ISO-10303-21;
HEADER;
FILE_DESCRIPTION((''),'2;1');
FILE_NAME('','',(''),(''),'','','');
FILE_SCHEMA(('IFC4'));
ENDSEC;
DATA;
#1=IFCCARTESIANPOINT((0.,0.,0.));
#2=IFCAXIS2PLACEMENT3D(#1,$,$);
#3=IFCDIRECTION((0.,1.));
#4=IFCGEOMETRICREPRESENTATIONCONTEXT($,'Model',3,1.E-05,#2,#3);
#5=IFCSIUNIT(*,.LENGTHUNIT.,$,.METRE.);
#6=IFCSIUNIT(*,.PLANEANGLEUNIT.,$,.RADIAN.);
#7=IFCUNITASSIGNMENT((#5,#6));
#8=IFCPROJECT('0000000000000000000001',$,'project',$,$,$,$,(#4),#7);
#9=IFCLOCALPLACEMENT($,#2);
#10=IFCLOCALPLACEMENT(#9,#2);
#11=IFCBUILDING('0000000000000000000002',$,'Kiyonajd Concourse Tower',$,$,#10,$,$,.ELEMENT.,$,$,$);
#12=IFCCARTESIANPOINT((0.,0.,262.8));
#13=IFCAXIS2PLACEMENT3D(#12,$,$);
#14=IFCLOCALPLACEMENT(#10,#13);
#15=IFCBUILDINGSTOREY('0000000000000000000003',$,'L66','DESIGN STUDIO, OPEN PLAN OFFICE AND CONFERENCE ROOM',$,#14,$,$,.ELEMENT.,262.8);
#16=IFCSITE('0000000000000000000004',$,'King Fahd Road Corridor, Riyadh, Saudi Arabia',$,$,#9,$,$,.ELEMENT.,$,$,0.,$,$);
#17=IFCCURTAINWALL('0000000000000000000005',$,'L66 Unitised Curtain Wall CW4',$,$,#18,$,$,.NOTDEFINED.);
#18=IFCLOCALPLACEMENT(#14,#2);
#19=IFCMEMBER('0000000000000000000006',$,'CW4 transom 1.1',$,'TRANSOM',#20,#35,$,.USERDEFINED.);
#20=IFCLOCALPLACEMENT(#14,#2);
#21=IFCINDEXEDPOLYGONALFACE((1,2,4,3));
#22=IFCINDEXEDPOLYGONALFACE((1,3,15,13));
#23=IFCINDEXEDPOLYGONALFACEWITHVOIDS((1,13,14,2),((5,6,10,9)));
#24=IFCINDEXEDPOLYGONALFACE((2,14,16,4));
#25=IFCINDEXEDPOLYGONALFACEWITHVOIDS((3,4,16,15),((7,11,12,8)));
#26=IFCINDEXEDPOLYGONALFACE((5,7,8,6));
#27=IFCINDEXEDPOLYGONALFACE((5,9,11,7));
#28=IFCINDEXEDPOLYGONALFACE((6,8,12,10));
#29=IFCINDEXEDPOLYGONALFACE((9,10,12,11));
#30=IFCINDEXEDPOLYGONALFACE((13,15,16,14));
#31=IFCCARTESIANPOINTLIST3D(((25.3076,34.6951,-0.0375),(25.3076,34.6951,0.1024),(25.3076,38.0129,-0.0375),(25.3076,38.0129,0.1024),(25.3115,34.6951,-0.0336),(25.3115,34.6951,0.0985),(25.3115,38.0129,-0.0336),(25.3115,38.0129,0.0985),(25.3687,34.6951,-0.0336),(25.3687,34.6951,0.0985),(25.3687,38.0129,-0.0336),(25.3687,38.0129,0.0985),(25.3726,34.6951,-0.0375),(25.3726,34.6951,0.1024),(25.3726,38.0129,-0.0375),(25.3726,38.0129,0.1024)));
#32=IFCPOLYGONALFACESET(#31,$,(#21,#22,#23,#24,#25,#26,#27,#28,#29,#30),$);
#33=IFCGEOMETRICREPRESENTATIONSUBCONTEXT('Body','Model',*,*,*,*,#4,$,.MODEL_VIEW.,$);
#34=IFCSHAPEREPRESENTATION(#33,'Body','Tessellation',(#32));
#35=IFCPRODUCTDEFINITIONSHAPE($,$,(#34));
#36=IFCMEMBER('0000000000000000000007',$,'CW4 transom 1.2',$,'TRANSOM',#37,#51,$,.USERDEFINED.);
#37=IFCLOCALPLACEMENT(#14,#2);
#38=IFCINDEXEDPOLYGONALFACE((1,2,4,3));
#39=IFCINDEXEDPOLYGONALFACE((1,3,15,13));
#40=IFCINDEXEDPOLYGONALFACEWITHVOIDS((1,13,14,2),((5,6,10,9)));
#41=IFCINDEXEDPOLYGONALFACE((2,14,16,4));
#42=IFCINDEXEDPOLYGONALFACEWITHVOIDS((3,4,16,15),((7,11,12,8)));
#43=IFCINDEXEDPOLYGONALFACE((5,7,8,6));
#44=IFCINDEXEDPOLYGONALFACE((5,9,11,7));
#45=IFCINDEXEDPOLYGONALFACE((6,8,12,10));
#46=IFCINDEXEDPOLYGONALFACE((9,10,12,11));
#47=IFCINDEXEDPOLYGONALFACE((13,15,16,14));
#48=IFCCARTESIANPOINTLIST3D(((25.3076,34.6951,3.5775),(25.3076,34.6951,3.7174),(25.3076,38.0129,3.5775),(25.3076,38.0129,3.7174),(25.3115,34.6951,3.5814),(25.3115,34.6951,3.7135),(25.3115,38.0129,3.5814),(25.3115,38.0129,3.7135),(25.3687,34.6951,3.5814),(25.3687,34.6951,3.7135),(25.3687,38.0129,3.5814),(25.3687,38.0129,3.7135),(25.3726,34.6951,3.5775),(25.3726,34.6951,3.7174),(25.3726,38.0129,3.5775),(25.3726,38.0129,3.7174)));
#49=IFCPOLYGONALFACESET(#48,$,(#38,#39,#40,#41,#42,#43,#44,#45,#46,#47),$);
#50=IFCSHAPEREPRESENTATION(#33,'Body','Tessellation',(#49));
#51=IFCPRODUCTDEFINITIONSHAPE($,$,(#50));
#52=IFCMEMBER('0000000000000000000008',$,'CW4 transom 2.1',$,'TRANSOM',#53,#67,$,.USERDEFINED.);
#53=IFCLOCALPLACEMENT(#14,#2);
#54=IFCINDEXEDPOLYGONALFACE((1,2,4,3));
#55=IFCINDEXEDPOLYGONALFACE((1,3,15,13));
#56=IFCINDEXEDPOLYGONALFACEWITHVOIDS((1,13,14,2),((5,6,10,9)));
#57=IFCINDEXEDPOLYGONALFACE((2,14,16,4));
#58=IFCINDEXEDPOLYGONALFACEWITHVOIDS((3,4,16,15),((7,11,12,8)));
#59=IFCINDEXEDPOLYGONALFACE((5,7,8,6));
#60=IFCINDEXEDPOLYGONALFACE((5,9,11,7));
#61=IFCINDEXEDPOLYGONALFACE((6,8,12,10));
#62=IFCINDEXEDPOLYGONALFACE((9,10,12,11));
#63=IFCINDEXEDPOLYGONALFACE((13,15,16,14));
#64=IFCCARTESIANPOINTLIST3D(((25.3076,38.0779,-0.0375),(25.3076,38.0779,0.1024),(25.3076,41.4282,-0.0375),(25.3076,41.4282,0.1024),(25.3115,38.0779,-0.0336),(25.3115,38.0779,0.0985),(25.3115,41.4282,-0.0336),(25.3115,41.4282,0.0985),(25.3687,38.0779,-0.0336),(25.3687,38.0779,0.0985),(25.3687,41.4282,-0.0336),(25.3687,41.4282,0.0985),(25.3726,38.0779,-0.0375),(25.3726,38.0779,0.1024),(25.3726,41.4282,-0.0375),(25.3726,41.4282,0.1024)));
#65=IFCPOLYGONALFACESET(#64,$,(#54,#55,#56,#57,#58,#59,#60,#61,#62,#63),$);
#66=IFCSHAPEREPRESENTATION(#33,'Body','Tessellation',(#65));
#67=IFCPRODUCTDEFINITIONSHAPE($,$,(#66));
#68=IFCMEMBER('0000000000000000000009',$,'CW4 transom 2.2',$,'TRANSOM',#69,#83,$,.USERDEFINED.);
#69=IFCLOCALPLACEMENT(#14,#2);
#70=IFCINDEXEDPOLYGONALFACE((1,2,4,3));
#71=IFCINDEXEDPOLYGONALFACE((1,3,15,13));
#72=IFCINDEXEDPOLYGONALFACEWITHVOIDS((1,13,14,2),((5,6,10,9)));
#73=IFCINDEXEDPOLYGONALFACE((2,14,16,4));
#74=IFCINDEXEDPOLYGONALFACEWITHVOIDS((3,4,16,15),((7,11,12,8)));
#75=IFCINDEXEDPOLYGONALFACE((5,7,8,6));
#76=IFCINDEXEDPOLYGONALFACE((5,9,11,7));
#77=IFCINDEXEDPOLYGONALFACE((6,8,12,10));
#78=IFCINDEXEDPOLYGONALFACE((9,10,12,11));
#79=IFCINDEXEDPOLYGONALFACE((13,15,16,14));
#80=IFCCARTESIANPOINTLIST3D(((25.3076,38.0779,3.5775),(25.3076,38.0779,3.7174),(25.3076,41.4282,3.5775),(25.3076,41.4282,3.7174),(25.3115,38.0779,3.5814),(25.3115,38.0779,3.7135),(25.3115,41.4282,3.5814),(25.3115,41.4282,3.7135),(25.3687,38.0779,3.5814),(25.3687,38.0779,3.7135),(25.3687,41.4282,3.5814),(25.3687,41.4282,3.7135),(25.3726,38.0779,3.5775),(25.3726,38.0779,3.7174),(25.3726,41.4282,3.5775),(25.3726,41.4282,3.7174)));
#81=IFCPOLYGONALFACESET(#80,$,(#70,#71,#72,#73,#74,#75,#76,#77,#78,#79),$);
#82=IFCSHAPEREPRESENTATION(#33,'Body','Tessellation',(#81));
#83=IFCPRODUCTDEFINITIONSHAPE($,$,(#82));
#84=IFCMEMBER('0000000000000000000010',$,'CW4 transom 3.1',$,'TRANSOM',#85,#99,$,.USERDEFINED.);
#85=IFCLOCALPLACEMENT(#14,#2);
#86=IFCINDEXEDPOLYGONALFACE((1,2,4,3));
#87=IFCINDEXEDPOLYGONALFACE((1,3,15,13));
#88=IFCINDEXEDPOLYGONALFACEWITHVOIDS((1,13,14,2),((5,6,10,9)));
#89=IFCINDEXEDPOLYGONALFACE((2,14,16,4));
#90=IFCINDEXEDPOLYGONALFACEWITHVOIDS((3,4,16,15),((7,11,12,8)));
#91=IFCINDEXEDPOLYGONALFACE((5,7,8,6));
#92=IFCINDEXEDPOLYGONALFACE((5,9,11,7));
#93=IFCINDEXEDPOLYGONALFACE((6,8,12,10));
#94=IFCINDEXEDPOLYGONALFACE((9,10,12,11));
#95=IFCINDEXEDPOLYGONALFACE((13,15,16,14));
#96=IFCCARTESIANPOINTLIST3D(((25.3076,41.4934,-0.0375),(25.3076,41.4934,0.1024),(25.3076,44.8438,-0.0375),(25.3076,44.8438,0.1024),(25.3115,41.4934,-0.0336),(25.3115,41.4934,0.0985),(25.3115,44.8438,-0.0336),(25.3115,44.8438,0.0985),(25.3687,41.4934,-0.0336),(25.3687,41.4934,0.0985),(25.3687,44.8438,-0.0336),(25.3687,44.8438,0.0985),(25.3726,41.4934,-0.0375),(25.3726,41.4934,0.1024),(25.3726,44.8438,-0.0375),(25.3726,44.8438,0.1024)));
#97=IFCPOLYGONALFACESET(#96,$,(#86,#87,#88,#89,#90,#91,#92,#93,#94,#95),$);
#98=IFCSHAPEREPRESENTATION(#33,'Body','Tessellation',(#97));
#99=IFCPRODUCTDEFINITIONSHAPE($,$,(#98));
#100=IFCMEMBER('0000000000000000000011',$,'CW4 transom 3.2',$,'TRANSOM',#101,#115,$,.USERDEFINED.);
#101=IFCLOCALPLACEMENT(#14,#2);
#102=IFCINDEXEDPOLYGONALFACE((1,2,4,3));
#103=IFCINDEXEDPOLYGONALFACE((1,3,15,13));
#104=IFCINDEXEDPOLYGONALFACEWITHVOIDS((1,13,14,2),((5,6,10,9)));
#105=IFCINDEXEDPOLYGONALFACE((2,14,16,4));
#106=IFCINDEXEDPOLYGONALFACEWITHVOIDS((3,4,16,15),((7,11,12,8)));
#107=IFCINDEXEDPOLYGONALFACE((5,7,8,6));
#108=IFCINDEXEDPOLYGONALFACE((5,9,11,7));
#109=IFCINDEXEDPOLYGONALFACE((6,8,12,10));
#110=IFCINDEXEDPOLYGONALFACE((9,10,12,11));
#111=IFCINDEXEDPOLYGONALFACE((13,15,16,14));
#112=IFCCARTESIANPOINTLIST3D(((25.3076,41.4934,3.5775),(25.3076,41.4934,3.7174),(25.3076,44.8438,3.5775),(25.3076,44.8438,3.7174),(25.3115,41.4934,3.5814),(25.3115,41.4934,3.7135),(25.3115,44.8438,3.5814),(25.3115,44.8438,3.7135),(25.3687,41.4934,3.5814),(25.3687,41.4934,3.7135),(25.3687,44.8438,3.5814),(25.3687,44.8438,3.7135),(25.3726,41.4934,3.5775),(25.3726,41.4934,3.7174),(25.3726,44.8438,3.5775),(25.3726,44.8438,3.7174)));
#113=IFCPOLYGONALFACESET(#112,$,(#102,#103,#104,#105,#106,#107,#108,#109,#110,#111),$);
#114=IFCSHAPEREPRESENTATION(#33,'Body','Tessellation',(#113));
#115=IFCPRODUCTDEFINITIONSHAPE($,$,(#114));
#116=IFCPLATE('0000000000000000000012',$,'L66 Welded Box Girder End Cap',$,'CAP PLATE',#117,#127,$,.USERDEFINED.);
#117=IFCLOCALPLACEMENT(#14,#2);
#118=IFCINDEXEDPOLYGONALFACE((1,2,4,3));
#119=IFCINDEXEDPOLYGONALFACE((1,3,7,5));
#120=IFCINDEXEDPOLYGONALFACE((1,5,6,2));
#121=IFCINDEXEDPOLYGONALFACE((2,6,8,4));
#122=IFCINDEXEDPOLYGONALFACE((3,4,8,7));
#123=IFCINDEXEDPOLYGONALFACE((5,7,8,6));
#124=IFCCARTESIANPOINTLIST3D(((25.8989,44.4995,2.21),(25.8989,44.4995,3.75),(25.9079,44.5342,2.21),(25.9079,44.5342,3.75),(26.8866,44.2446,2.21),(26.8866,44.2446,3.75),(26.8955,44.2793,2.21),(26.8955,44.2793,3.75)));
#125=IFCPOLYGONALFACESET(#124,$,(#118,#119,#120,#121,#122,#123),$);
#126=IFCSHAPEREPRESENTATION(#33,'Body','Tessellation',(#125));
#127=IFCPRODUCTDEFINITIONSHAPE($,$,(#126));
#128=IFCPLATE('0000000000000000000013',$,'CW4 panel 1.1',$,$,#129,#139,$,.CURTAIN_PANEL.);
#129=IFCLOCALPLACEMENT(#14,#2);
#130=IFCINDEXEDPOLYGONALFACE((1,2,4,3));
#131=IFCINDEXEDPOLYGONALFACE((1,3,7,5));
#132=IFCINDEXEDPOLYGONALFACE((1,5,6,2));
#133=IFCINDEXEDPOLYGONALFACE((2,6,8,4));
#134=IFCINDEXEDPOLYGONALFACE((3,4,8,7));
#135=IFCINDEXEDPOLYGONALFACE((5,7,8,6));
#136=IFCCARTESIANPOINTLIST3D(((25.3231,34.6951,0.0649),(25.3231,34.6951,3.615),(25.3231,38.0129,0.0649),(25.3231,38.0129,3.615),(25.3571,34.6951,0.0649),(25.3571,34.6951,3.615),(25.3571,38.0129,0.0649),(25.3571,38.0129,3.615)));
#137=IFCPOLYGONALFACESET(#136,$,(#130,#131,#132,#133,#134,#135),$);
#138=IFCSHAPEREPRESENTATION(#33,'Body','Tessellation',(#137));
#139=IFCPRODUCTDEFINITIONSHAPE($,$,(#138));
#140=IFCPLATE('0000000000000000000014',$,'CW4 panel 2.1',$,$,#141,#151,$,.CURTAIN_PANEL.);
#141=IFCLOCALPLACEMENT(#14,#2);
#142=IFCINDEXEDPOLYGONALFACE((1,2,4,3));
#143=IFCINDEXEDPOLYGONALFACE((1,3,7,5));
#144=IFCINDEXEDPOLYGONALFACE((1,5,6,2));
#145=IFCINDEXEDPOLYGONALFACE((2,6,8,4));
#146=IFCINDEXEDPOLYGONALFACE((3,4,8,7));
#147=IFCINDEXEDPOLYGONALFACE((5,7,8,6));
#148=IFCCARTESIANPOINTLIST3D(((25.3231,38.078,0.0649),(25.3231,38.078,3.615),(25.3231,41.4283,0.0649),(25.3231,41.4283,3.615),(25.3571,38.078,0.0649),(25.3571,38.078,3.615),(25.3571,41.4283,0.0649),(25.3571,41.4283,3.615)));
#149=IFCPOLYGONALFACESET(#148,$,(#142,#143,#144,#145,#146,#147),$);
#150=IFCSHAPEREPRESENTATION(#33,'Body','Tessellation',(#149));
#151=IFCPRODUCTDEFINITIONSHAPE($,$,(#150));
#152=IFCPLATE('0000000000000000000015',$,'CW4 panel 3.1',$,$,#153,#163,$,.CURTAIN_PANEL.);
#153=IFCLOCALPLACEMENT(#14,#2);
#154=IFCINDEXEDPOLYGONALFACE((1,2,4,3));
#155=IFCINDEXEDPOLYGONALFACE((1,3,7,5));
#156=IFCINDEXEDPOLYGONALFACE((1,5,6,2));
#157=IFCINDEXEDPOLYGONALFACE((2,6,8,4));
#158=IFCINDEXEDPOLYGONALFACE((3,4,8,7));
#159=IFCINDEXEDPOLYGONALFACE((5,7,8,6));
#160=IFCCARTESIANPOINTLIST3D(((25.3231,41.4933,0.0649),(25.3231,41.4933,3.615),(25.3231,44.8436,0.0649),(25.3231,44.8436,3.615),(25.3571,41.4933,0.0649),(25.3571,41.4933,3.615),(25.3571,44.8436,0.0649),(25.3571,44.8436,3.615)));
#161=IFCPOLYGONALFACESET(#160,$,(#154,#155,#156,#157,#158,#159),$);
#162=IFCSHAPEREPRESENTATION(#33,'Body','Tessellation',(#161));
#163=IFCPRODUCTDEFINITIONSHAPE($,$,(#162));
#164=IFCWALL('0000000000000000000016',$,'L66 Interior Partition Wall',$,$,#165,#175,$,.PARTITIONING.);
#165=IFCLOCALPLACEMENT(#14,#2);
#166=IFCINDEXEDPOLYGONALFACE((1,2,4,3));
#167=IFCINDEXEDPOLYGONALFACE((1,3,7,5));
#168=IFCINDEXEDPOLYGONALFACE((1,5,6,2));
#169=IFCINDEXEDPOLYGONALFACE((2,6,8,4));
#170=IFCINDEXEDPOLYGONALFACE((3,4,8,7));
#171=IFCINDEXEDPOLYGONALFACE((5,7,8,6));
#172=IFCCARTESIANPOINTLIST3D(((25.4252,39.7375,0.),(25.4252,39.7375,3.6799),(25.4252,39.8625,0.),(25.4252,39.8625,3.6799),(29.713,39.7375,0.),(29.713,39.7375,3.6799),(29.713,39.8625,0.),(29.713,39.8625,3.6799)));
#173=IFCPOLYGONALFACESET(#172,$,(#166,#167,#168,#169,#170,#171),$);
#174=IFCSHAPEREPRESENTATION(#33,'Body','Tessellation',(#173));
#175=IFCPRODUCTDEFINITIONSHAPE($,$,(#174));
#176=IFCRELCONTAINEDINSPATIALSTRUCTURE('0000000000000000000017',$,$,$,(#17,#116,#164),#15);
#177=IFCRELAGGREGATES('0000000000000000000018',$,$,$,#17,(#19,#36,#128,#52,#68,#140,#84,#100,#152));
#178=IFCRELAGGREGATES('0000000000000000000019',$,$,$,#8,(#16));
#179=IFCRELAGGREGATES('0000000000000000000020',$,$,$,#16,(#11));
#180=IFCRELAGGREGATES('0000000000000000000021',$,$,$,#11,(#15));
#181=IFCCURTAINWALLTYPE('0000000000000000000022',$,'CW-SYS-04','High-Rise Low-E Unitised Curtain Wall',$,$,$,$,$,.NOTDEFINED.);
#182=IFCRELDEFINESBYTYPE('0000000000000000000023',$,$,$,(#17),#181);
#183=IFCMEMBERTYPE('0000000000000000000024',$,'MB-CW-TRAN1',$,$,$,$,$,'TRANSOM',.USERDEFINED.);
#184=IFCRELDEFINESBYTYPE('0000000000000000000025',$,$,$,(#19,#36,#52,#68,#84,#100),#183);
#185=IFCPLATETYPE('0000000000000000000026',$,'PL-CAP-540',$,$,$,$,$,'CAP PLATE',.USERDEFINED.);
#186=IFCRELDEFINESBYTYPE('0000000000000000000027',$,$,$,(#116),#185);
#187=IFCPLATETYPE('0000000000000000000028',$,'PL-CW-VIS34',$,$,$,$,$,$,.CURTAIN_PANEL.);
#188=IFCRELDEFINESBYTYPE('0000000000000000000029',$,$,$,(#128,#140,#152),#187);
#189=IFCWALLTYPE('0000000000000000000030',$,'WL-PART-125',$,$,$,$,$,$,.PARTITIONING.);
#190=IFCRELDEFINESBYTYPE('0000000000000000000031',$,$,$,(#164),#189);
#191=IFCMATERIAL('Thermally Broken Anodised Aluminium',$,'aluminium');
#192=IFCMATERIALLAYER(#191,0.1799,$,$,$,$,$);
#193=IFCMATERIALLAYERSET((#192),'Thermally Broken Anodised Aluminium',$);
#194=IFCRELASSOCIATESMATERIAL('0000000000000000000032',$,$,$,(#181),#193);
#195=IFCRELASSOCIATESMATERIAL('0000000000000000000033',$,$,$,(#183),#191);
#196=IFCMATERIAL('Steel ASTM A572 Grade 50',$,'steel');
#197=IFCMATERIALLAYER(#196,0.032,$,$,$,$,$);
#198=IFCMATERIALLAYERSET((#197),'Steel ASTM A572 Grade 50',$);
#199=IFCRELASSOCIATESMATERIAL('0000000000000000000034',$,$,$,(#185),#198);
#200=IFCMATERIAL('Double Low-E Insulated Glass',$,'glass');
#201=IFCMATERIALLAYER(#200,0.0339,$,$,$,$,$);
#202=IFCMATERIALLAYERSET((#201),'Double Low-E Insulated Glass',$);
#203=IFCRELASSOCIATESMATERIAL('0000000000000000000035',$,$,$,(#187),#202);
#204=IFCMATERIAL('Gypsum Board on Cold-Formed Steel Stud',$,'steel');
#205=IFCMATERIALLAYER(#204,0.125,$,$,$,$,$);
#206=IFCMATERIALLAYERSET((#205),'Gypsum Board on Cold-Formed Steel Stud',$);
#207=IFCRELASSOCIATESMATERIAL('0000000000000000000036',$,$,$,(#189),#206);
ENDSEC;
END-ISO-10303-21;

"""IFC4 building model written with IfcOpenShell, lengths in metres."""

from ifc_helpers import new_model, si_unit, direction, frame, frame_2d, origin, origin_2d, place, context, subcontext, project, spatial, rectangle, hollow_rectangle, extrude, material, layer, layer_set, material_profile, profile_set, type_object, element, aggregate, save


model = new_model("IFC4")

# Units and contexts
model_context = context("Model", 3, precision=1e-05, world=origin(), true_north=direction((0.0, 1.0)))
body_context = subcontext(model_context, "Body", "Model", "MODEL_VIEW")
ifc_project = project(units=[si_unit("LENGTHUNIT", "METRE"), si_unit("PLANEANGLEUNIT", "RADIAN")], contexts=[model_context])

# Site, building, storey
site_placement = place(None, origin())
site = spatial("IfcSite", under=ifc_project, at=site_placement, Name="King Fahd Road Corridor, Riyadh, Saudi Arabia", CompositionType="ELEMENT", RefElevation=0.0)
building_placement = place(site_placement, origin())
building = spatial("IfcBuilding", under=site, at=building_placement, Name="Kiyonajd Concourse Tower", CompositionType="ELEMENT")
storey_placement = place(building_placement, frame((0.0, 0.0, 262.8)))
storey = spatial("IfcBuildingStorey", under=building, at=storey_placement, Name="L66", Description="DESIGN STUDIO, OPEN PLAN OFFICE AND CONFERENCE ROOM", CompositionType="ELEMENT", Elevation=262.8)

# Curtain wall, members
ifc_material_1 = material(Name="Thermally Broken Anodised Aluminium", Category="aluminium")
ifc_layer_1 = layer(ifc_material_1, 0.1799)
ifc_layer_set_1 = layer_set([ifc_layer_1], Name="Thermally Broken Anodised Aluminium")
curtain_wall_type = type_object("IfcCurtainWallType", Name="CW-SYS-04", Description="High-Rise Low-E Unitised Curtain Wall", PredefinedType="NOTDEFINED", material=ifc_layer_set_1)
curtain_wall_placement = place(storey_placement, origin())
curtain_wall = element("IfcCurtainWall", 1, at=curtain_wall_placement, inside=storey, type_object=curtain_wall_type, Name="L66 Unitised Curtain Wall CW4", PredefinedType="NOTDEFINED")
ifc_material_profile_1 = material_profile(ifc_material_1, hollow_rectangle(XDim=0.0649, YDim=0.1399, WallThickness=0.0039, at=origin_2d()), Name="TRAN-65x140")
ifc_profile_set_1 = profile_set([ifc_material_profile_1], Name="Thermally Broken Anodised Aluminium")
member_type_1 = type_object("IfcMemberType", Name="MB-CW-TRAN1", ElementType="TRANSOM", PredefinedType="USERDEFINED", material=ifc_profile_set_1)
member_1_placement = place(storey_placement, frame((25.3401, 34.6951, 0.0325), z_axis=(0.0, 1.0, 0.0), x_axis=(-1.0, 0.0, 0.0)))
member_1 = element("IfcMember", 2, at=member_1_placement, type_object=member_type_1, Name="CW4 transom 1.1", ObjectType="TRANSOM", PredefinedType="USERDEFINED", context=body_context, shape_type="SweptSolid", body=[
    extrude(hollow_rectangle(XDim=0.0649, YDim=0.1399, WallThickness=0.0039, at=origin_2d()), origin(), (0.0, 0.0, 1.0), 3.3179),
])
member_2_placement = place(storey_placement, frame((25.3401, 34.6951, 3.6475), z_axis=(0.0, 1.0, 0.0), x_axis=(-1.0, 0.0, 0.0)))
member_2 = element("IfcMember", 3, at=member_2_placement, type_object=member_type_1, Name="CW4 transom 1.2", ObjectType="TRANSOM", PredefinedType="USERDEFINED", context=body_context, shape_type="SweptSolid", body=[
    extrude(hollow_rectangle(XDim=0.0649, YDim=0.1399, WallThickness=0.0039, at=origin_2d()), origin(), (0.0, 0.0, 1.0), 3.3179),
])
member_3_placement = place(storey_placement, frame((25.3401, 38.0779, 0.0325), z_axis=(0.0, 1.0, 0.0), x_axis=(-1.0, 0.0, 0.0)))
member_3 = element("IfcMember", 4, at=member_3_placement, type_object=member_type_1, Name="CW4 transom 2.1", ObjectType="TRANSOM", PredefinedType="USERDEFINED", context=body_context, shape_type="SweptSolid", body=[
    extrude(hollow_rectangle(XDim=0.0649, YDim=0.1399, WallThickness=0.0039, at=origin_2d()), origin(), (0.0, 0.0, 1.0), 3.3503),
])
member_4_placement = place(storey_placement, frame((25.3401, 38.0779, 3.6475), z_axis=(0.0, 1.0, 0.0), x_axis=(-1.0, 0.0, 0.0)))
member_4 = element("IfcMember", 5, at=member_4_placement, type_object=member_type_1, Name="CW4 transom 2.2", ObjectType="TRANSOM", PredefinedType="USERDEFINED", context=body_context, shape_type="SweptSolid", body=[
    extrude(hollow_rectangle(XDim=0.0649, YDim=0.1399, WallThickness=0.0039, at=origin_2d()), origin(), (0.0, 0.0, 1.0), 3.3503),
])
member_5_placement = place(storey_placement, frame((25.3401, 41.4934, 0.0325), z_axis=(0.0, 1.0, 0.0), x_axis=(-1.0, 0.0, 0.0)))
member_5 = element("IfcMember", 6, at=member_5_placement, type_object=member_type_1, Name="CW4 transom 3.1", ObjectType="TRANSOM", PredefinedType="USERDEFINED", context=body_context, shape_type="SweptSolid", body=[
    extrude(hollow_rectangle(XDim=0.0649, YDim=0.1399, WallThickness=0.0039, at=origin_2d()), origin(), (0.0, 0.0, 1.0), 3.3503),
])
member_6_placement = place(storey_placement, frame((25.3401, 41.4934, 3.6475), z_axis=(0.0, 1.0, 0.0), x_axis=(-1.0, 0.0, 0.0)))
member_6 = element("IfcMember", 7, at=member_6_placement, type_object=member_type_1, Name="CW4 transom 3.2", ObjectType="TRANSOM", PredefinedType="USERDEFINED", context=body_context, shape_type="SweptSolid", body=[
    extrude(hollow_rectangle(XDim=0.0649, YDim=0.1399, WallThickness=0.0039, at=origin_2d()), origin(), (0.0, 0.0, 1.0), 3.3503),
])

# Plates
ifc_material_2 = material(Name="Steel ASTM A572 Grade 50", Category="steel")
ifc_layer_2 = layer(ifc_material_2, 0.032)
ifc_layer_set_2 = layer_set([ifc_layer_2], Name="Steel ASTM A572 Grade 50")
plate_type_1 = type_object("IfcPlateType", Name="PL-CAP-540", ElementType="CAP PLATE", PredefinedType="USERDEFINED", material=ifc_layer_set_2)
plate_1_placement = place(storey_placement, frame((26.3972, 44.3894, 2.21), z_axis=(0.0, 0.0, 1.0), x_axis=(-0.249873, -0.968279, 0.0)))
element("IfcPlate", 8, at=plate_1_placement, inside=storey, type_object=plate_type_1, Name="L66 Welded Box Girder End Cap", ObjectType="CAP PLATE", PredefinedType="USERDEFINED", context=body_context, shape_type="SweptSolid", body=[
    extrude(rectangle(XDim=0.0359, YDim=1.02, at=origin_2d()), origin(), (0.0, 0.0, 1.0), 1.54),
])
ifc_material_3 = material(Name="Double Low-E Insulated Glass", Category="glass")
ifc_layer_3 = layer(ifc_material_3, 0.0339)
ifc_layer_set_3 = layer_set([ifc_layer_3], Name="Double Low-E Insulated Glass")
plate_type_2 = type_object("IfcPlateType", Name="PL-CW-VIS34", PredefinedType="CURTAIN_PANEL", material=ifc_layer_set_3)
plate_2_placement = place(storey_placement, frame((25.3401, 36.354, 0.0649), z_axis=(0.0, 0.0, 1.0), x_axis=(0.0, 1.0, 0.0)))
plate_2 = element("IfcPlate", 9, at=plate_2_placement, type_object=plate_type_2, Name="CW4 panel 1.1", PredefinedType="CURTAIN_PANEL", context=body_context, shape_type="SweptSolid", body=[
    extrude(rectangle(XDim=3.3179, YDim=0.0339, at=origin_2d()), origin(), (0.0, 0.0, 1.0), 3.55),
])
plate_3_placement = place(storey_placement, frame((25.3401, 39.7532, 0.0649), z_axis=(0.0, 0.0, 1.0), x_axis=(0.0, 1.0, 0.0)))
plate_3 = element("IfcPlate", 10, at=plate_3_placement, type_object=plate_type_2, Name="CW4 panel 2.1", PredefinedType="CURTAIN_PANEL", context=body_context, shape_type="SweptSolid", body=[
    extrude(rectangle(XDim=3.3503, YDim=0.0339, at=origin_2d()), origin(), (0.0, 0.0, 1.0), 3.55),
])
plate_4_placement = place(storey_placement, frame((25.3401, 43.1685, 0.0649), z_axis=(0.0, 0.0, 1.0), x_axis=(0.0, 1.0, 0.0)))
plate_4 = element("IfcPlate", 11, at=plate_4_placement, type_object=plate_type_2, Name="CW4 panel 3.1", PredefinedType="CURTAIN_PANEL", context=body_context, shape_type="SweptSolid", body=[
    extrude(rectangle(XDim=3.3503, YDim=0.0339, at=origin_2d()), origin(), (0.0, 0.0, 1.0), 3.55),
])
aggregate(curtain_wall, [member_1, member_2, plate_2, member_3, member_4, plate_3, member_5, member_6, plate_4])

# Wall
ifc_material_4 = material(Name="Gypsum Board on Cold-Formed Steel Stud", Category="steel")
ifc_layer_4 = layer(ifc_material_4, 0.125)
ifc_layer_set_4 = layer_set([ifc_layer_4], Name="Gypsum Board on Cold-Formed Steel Stud")
wall_type = type_object("IfcWallType", Name="WL-PART-125", PredefinedType="PARTITIONING", material=ifc_layer_set_4)
wall_placement = place(storey_placement, frame((25.425, 39.8, 0.0), z_axis=(0.0, 0.0, 1.0), x_axis=(1.0, 0.0, 0.0)))
element("IfcWall", 12, at=wall_placement, inside=storey, type_object=wall_type, Name="L66 Interior Partition Wall", PredefinedType="PARTITIONING", context=body_context, shape_type="SweptSolid", body=[
    extrude(rectangle(XDim=4.2878, YDim=0.125, at=frame_2d((2.144, 0.0))), origin(), (0.0, 0.0, 1.0), 3.6799),
])

save(model, "model.ifc")
